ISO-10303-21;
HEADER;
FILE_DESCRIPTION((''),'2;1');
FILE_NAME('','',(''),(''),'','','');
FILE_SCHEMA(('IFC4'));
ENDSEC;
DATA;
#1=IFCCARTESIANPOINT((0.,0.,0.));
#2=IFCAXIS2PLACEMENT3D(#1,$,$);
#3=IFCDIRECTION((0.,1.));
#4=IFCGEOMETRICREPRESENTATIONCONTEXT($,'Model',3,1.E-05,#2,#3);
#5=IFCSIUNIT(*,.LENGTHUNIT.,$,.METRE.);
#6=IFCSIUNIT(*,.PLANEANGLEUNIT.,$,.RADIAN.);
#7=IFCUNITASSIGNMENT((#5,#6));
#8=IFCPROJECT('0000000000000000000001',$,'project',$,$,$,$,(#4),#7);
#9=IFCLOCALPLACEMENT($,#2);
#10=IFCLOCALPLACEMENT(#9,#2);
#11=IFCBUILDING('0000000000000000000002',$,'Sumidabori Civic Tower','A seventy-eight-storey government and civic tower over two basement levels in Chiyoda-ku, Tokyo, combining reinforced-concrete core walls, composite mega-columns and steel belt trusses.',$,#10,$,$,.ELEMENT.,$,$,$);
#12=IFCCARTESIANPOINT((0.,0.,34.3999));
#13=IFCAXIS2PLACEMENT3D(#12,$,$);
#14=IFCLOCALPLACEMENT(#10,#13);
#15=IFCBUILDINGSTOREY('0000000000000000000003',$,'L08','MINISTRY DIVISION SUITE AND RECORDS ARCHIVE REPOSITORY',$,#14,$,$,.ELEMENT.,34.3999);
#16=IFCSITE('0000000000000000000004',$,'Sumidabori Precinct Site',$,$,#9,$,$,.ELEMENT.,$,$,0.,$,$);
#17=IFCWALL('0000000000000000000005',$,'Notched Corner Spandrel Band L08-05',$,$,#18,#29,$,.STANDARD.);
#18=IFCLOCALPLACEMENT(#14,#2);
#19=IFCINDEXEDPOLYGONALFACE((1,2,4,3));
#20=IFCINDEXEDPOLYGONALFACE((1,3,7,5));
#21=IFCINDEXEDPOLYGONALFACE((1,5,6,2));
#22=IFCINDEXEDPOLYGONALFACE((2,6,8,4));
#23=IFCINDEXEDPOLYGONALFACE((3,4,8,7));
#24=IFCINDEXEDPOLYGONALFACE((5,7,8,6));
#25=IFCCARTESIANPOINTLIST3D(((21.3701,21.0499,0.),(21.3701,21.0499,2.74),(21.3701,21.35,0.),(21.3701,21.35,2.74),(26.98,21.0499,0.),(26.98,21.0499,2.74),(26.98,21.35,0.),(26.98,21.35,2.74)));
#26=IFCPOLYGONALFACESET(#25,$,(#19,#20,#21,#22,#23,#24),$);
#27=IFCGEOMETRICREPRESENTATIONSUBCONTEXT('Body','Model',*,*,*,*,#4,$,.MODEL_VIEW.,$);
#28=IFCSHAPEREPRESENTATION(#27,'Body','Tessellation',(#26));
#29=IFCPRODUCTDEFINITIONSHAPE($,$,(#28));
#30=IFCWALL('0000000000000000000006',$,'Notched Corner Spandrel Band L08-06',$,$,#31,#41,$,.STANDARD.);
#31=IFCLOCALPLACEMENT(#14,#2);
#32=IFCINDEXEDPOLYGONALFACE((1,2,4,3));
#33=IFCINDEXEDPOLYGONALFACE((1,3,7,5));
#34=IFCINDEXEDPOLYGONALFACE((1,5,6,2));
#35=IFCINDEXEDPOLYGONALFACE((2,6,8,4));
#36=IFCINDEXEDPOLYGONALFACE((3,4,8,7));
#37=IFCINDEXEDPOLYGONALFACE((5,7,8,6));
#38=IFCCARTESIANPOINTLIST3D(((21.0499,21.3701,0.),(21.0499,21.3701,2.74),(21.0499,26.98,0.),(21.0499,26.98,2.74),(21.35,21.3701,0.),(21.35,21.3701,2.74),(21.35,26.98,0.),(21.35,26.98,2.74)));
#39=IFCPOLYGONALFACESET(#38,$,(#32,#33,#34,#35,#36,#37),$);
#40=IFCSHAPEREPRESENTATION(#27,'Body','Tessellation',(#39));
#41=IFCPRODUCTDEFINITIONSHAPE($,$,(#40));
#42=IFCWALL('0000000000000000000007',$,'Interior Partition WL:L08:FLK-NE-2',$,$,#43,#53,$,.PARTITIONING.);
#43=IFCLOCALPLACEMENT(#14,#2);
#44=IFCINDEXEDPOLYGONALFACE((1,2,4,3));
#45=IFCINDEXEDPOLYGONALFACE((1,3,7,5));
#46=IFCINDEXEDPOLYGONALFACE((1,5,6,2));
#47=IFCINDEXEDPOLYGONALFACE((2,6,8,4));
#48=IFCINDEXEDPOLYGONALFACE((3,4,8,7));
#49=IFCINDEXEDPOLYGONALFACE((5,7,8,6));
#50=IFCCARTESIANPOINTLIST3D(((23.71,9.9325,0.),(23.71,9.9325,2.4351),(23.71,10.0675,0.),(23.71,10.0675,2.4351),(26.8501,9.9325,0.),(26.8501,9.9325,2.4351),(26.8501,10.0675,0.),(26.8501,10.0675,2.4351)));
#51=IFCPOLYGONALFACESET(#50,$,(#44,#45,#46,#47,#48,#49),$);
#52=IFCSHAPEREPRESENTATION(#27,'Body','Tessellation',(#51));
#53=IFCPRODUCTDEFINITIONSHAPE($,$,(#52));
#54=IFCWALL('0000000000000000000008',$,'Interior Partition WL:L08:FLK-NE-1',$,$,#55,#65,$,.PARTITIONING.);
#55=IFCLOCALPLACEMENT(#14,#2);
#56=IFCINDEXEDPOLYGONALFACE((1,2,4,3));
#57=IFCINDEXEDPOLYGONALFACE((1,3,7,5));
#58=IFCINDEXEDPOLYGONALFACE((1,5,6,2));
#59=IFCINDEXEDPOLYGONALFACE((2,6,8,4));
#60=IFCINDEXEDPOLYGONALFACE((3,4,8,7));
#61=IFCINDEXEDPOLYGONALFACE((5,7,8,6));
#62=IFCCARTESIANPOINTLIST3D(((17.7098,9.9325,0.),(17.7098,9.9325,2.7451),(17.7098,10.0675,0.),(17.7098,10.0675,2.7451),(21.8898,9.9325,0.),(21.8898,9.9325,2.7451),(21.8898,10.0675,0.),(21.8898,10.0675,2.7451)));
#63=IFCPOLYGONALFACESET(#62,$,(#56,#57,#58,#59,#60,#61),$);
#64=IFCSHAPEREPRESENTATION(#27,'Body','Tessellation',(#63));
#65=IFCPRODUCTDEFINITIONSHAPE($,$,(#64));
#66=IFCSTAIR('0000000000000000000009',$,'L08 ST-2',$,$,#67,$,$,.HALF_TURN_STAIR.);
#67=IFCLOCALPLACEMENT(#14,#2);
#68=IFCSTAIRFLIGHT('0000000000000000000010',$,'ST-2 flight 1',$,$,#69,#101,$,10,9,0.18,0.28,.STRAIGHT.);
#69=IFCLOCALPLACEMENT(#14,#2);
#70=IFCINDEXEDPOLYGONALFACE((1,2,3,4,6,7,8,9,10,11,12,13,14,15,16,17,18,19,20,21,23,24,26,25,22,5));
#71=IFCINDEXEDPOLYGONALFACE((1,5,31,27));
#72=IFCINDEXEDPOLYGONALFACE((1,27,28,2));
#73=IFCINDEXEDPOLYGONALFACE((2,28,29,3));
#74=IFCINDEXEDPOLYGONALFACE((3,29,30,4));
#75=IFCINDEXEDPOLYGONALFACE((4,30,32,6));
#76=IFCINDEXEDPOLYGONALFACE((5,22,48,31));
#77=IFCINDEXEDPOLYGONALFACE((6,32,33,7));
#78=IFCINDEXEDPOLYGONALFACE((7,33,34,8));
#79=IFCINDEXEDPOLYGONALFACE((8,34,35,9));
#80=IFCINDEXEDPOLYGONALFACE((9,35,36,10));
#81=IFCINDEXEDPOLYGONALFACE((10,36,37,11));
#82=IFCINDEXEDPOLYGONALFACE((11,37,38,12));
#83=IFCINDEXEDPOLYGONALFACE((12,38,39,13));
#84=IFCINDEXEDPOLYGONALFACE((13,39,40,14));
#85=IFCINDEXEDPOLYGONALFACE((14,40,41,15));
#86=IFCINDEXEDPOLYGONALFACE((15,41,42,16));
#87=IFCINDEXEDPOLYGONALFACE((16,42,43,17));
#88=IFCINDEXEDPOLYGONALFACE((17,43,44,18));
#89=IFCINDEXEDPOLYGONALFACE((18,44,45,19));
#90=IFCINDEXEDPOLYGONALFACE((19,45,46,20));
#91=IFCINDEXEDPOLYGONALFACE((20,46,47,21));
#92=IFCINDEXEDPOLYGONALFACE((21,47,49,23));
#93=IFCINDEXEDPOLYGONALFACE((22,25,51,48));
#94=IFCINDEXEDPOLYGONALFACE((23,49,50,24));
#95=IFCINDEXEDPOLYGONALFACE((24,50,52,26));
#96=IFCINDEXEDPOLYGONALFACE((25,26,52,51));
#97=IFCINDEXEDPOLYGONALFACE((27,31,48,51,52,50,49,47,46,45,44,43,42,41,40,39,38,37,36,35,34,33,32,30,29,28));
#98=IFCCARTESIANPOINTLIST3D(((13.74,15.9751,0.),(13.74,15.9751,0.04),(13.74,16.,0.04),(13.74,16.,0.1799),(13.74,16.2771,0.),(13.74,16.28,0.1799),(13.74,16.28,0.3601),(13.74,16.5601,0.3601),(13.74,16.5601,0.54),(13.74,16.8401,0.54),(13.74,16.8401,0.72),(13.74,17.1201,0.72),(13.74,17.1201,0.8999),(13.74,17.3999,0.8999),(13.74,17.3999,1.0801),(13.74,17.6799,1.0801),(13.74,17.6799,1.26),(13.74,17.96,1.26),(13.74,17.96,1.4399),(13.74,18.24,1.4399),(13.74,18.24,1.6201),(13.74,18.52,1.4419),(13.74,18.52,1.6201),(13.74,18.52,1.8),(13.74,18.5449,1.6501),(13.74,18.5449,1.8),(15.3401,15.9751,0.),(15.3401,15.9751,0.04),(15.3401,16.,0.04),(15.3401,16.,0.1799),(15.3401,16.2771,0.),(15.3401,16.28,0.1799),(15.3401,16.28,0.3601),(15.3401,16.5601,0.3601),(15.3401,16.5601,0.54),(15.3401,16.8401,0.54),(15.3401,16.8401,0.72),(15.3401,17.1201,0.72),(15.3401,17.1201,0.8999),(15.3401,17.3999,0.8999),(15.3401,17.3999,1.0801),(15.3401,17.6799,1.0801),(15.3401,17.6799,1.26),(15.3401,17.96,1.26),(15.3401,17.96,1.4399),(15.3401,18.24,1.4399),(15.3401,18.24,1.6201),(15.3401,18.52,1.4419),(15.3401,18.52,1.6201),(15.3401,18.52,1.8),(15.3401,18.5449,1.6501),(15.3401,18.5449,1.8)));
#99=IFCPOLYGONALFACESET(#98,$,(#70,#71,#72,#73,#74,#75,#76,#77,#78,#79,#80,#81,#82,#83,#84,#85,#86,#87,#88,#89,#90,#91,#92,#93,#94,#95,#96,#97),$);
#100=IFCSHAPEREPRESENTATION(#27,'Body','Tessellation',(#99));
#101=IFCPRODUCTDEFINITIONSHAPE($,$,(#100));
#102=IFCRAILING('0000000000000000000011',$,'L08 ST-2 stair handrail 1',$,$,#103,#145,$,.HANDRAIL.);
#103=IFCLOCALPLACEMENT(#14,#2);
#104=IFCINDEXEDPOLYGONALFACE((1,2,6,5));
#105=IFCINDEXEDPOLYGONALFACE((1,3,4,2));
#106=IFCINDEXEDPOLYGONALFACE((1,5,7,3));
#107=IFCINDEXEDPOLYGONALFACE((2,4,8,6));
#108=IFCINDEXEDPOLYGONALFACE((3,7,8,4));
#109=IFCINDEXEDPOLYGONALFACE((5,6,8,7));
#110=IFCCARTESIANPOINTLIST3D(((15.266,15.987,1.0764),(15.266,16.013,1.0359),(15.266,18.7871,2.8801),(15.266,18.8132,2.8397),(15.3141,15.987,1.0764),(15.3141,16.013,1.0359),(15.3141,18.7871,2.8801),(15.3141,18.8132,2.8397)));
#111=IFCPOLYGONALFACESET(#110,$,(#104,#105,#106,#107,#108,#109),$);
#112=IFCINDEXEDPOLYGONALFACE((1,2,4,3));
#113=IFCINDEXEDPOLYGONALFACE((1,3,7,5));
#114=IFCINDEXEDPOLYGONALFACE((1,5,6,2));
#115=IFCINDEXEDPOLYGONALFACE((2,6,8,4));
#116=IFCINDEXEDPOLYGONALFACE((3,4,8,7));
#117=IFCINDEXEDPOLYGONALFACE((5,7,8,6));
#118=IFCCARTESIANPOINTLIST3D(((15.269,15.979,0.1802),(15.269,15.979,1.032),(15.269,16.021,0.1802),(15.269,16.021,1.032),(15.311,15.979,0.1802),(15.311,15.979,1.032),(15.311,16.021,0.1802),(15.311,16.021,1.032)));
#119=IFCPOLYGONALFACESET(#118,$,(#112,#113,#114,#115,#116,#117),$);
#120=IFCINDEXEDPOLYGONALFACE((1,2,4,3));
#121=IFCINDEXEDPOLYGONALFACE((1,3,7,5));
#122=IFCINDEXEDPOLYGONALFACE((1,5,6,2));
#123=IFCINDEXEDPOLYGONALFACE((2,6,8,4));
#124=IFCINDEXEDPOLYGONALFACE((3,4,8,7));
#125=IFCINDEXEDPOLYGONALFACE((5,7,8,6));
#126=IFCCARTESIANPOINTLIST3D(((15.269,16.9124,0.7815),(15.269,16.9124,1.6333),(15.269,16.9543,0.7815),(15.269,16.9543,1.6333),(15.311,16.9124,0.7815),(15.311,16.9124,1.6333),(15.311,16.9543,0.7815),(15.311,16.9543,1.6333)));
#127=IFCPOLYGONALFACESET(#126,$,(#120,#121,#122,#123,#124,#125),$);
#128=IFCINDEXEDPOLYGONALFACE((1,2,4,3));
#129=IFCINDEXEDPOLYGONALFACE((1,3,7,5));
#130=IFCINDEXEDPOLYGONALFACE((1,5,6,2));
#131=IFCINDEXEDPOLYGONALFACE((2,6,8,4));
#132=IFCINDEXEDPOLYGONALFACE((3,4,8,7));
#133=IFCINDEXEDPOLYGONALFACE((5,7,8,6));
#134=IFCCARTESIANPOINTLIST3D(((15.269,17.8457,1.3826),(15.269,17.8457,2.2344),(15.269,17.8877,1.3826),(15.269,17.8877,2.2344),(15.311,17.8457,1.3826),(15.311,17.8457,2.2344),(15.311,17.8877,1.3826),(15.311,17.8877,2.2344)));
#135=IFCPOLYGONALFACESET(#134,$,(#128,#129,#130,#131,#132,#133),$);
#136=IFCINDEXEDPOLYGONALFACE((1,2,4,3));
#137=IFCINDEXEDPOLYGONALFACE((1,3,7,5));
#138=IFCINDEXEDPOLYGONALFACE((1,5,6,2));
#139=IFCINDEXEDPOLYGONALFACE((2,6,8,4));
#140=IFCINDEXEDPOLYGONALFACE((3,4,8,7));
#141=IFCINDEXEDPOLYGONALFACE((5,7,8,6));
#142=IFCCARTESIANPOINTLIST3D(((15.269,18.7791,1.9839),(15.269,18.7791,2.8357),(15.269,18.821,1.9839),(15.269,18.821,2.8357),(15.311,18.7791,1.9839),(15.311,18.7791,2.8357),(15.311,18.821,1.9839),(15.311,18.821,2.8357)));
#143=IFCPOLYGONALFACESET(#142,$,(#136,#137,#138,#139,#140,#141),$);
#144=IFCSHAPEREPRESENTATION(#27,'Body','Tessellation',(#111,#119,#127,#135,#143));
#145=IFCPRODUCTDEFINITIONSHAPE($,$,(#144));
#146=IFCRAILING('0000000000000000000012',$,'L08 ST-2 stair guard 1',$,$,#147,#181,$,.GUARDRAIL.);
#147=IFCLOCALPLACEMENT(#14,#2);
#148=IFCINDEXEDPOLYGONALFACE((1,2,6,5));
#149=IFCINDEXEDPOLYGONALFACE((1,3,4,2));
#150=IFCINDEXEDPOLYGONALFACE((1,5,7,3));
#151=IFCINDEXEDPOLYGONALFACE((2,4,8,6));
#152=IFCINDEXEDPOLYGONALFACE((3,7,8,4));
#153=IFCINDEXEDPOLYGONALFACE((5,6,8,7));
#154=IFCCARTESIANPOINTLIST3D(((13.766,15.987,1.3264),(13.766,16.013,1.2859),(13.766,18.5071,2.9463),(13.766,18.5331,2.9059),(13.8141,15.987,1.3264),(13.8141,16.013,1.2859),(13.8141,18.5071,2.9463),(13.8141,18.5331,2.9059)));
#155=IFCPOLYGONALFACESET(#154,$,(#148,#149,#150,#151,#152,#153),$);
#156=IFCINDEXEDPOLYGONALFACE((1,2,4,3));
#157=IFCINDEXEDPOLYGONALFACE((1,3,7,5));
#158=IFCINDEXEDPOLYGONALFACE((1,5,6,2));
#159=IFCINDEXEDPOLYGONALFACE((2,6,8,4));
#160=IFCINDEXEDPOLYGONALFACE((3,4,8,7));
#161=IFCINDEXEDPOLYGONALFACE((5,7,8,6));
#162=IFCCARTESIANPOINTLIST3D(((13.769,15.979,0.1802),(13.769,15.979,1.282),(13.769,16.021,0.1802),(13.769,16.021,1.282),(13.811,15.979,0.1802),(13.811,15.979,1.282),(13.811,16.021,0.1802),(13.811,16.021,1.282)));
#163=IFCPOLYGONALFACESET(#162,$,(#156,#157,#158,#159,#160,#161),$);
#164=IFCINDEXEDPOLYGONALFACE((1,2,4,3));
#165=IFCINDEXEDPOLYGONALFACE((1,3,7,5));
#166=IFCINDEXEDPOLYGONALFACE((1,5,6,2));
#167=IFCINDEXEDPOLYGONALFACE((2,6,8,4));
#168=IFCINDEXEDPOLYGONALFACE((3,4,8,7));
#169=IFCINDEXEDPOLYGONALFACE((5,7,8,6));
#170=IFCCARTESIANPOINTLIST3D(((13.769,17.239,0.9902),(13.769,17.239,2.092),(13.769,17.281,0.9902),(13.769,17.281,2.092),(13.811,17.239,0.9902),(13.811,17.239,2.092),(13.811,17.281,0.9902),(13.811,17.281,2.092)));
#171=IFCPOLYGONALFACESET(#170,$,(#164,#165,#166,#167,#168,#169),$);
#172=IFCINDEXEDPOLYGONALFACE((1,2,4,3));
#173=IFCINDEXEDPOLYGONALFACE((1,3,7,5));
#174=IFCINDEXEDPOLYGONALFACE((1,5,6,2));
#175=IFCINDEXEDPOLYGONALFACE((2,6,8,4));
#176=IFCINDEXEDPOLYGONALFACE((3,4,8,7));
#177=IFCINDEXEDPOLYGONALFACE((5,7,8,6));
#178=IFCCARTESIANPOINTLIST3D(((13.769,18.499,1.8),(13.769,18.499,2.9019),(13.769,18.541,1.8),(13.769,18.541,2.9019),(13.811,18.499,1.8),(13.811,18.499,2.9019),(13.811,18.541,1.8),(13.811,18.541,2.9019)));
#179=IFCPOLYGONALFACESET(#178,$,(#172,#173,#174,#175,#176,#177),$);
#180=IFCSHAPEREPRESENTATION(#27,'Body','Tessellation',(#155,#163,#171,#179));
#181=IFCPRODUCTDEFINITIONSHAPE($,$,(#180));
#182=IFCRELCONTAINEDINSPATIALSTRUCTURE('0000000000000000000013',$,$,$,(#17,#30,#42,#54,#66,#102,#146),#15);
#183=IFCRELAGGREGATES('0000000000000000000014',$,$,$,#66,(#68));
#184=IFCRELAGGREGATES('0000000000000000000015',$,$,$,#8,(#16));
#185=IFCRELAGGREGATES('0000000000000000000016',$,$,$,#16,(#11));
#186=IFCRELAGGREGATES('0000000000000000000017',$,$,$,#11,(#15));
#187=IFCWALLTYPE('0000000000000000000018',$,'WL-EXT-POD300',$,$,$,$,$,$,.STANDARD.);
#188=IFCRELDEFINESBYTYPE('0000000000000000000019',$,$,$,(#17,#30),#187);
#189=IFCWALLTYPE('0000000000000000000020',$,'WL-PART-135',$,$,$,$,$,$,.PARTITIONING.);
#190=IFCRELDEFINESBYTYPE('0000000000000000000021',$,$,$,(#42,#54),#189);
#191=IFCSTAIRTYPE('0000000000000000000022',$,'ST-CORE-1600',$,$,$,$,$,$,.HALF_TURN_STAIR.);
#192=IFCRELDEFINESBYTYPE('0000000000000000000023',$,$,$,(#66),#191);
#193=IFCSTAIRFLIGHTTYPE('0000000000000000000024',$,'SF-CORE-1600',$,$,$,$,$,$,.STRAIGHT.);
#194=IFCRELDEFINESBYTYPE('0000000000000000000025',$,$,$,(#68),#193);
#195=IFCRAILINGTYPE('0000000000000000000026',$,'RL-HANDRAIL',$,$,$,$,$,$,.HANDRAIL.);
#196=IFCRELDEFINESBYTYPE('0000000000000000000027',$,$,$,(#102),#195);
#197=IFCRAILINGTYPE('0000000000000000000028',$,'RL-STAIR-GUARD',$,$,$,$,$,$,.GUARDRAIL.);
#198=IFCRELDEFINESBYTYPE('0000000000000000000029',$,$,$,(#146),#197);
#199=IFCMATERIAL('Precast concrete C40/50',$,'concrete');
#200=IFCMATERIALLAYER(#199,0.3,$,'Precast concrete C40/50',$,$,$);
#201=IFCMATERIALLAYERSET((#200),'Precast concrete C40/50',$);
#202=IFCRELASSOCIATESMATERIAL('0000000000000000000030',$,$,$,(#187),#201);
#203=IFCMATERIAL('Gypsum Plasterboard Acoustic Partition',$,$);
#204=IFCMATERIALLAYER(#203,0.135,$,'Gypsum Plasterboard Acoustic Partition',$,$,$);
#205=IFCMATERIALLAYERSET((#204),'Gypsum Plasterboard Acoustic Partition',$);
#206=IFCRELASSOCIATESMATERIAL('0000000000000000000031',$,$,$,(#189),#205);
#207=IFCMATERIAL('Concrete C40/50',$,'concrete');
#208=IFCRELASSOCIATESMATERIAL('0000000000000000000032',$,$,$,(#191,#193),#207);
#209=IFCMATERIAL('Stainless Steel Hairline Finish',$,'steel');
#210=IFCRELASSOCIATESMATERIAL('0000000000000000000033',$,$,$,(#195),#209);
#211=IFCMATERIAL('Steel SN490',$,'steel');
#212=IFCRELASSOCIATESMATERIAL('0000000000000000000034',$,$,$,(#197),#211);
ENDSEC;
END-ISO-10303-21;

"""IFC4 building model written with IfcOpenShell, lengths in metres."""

from ifc_helpers import new_model, si_unit, direction, frame, frame_2d, origin, origin_2d, place, context, subcontext, project, spatial, polyline, rectangle, outline, extrude, source, transform, mapped, material, layer, layer_set, type_object, element, aggregate, save


model = new_model("IFC4")

# Units and contexts
model_context = context("Model", 3, precision=1e-05, world=origin(), true_north=direction((0.0, 1.0)))
body_context = subcontext(model_context, "Body", "Model", "MODEL_VIEW")
ifc_project = project(units=[si_unit("LENGTHUNIT", "METRE"), si_unit("PLANEANGLEUNIT", "RADIAN")], contexts=[model_context])

# Site, building, storey
site_placement = place(None, origin())
site = spatial("IfcSite", under=ifc_project, at=site_placement, Name="Sumidabori Precinct Site", CompositionType="ELEMENT", RefElevation=0.0)
building_placement = place(site_placement, origin())
building = spatial("IfcBuilding", under=site, at=building_placement, Name="Sumidabori Civic Tower", Description="A seventy-eight-storey government and civic tower over two basement levels in Chiyoda-ku, Tokyo, combining reinforced-concrete core walls, composite mega-columns and steel belt trusses.", CompositionType="ELEMENT")
storey_placement = place(building_placement, frame((0.0, 0.0, 34.3999)))
storey = spatial("IfcBuildingStorey", under=building, at=storey_placement, Name="L08", Description="MINISTRY DIVISION SUITE AND RECORDS ARCHIVE REPOSITORY", CompositionType="ELEMENT", Elevation=34.3999)

# Shared definitions
ifc_material_1 = material(Name="Steel SN490", Category="steel")

# Walls
ifc_material_2 = material(Name="Precast concrete C40/50", Category="concrete")
ifc_layer_1 = layer(ifc_material_2, 0.3, Name="Precast concrete C40/50")
ifc_layer_set_1 = layer_set([ifc_layer_1], Name="Precast concrete C40/50")
wall_type_1 = type_object("IfcWallType", Name="WL-EXT-POD300", PredefinedType="STANDARD", material=ifc_layer_set_1)
shared_shape_1 = source(origin(), body_context, "Body", "SweptSolid", [
    extrude(rectangle(XDim=5.6099, YDim=0.3, at=frame_2d((2.8049, 0.0))), origin(), (0.0, 0.0, 1.0), 2.74),
])
for number, where, z_axis, x_axis, name in (
    (1, (26.98, 21.2, 0.0), (0.0, 0.0, 1.0), (-1.0, 0.0, 0.0), "Notched Corner Spandrel Band L08-05"),
    (2, (21.2, 21.3701, 0.0), (0.0, 0.0, 1.0), (0.0, 1.0, 0.0), "Notched Corner Spandrel Band L08-06"),
):
    element("IfcWall", number, at=place(storey_placement, frame(where, z_axis=z_axis, x_axis=x_axis)), inside=storey, type_object=wall_type_1, Name=name, PredefinedType="STANDARD", context=body_context, shape_type="MappedRepresentation", body=[
        mapped(shared_shape_1, transform((0.0, 0.0, 0.0), x_axis=(1.0, 0.0, 0.0), y_axis=(0.0, 1.0, 0.0), z_axis=(0.0, 0.0, 1.0), scale=1.0)),
    ])
ifc_material_3 = material(Name="Gypsum Plasterboard Acoustic Partition")
ifc_layer_2 = layer(ifc_material_3, 0.135, Name="Gypsum Plasterboard Acoustic Partition")
ifc_layer_set_2 = layer_set([ifc_layer_2], Name="Gypsum Plasterboard Acoustic Partition")
wall_type_2 = type_object("IfcWallType", Name="WL-PART-135", PredefinedType="PARTITIONING", material=ifc_layer_set_2)
shared_shape_2 = source(origin(), body_context, "Body", "SweptSolid", [
    extrude(rectangle(XDim=3.1401, YDim=0.135, at=frame_2d((1.5701, 0.0))), origin(), (0.0, 0.0, 1.0), 2.4351),
])
wall_1_placement = place(storey_placement, frame((23.71, 10.0, 0.0), z_axis=(0.0, 0.0, 1.0), x_axis=(1.0, 0.0, 0.0)))
element("IfcWall", 3, at=wall_1_placement, inside=storey, type_object=wall_type_2, Name="Interior Partition WL:L08:FLK-NE-2", PredefinedType="PARTITIONING", context=body_context, shape_type="MappedRepresentation", body=[
    mapped(shared_shape_2, transform((0.0, 0.0, 0.0), x_axis=(1.0, 0.0, 0.0), y_axis=(0.0, 1.0, 0.0), z_axis=(0.0, 0.0, 1.0), scale=1.0)),
])
shared_shape_3 = source(origin(), body_context, "Body", "SweptSolid", [
    extrude(rectangle(XDim=4.1799, YDim=0.135, at=frame_2d((2.0898, 0.0))), origin(), (0.0, 0.0, 1.0), 2.7451),
])
wall_2_placement = place(storey_placement, frame((17.71, 10.0, 0.0), z_axis=(0.0, 0.0, 1.0), x_axis=(1.0, 0.0, 0.0)))
element("IfcWall", 4, at=wall_2_placement, inside=storey, type_object=wall_type_2, Name="Interior Partition WL:L08:FLK-NE-1", PredefinedType="PARTITIONING", context=body_context, shape_type="MappedRepresentation", body=[
    mapped(shared_shape_3, transform((0.0, 0.0, 0.0), x_axis=(1.0, 0.0, 0.0), y_axis=(0.0, 1.0, 0.0), z_axis=(0.0, 0.0, 1.0), scale=1.0)),
])

# Stair, stair flight
ifc_material_4 = material(Name="Concrete C40/50", Category="concrete")
stair_type = type_object("IfcStairType", Name="ST-CORE-1600", PredefinedType="HALF_TURN_STAIR", material=ifc_material_4)
stair_placement = place(storey_placement, origin())
stair = element("IfcStair", 5, at=stair_placement, inside=storey, type_object=stair_type, Name="L08 ST-2", PredefinedType="HALF_TURN_STAIR")
stair_flight_type = type_object("IfcStairFlightType", Name="SF-CORE-1600", PredefinedType="STRAIGHT", material=ifc_material_4)
shared_shape_4 = source(origin(), body_context, "Body", "SweptSolid", [
    extrude(outline(polyline([(-0.0249, 0.0), (-0.0249, 0.04), (0.0, 0.04), (0.0, 0.1799), (0.28, 0.1799), (0.28, 0.3601), (0.5601, 0.3601), (0.5601, 0.54), (0.8401, 0.54), (0.8401, 0.72), (1.1201, 0.72), (1.1201, 0.8999), (1.3999, 0.8999), (1.3999, 1.0801), (1.6799, 1.0801), (1.6799, 1.26), (1.96, 1.26), (1.96, 1.4399), (2.24, 1.4399), (2.24, 1.6201), (2.52, 1.6201), (2.52, 1.8), (2.5449, 1.8), (2.5449, 1.6501), (2.52, 1.4419), (0.2771, 0.0), (-0.0249, 0.0)])), frame((0.0, 0.8, 0.0), z_axis=(0.0, -1.0, 0.0), x_axis=(1.0, 0.0, 0.0)), (0.0, 0.0, 1.0), 1.6001),
])
stair_flight_placement = place(storey_placement, frame((14.54, 16.0, 0.0), z_axis=(0.0, 0.0, 1.0), x_axis=(0.0, 1.0, 0.0)))
stair_flight = element("IfcStairFlight", 6, at=stair_flight_placement, type_object=stair_flight_type, Name="ST-2 flight 1", NumberOfRisers=10, NumberOfTreads=9, PredefinedType="STRAIGHT", RiserHeight=0.18, TreadLength=0.28, context=body_context, shape_type="MappedRepresentation", body=[
    mapped(shared_shape_4, transform((0.0, 0.0, 0.0), x_axis=(1.0, 0.0, 0.0), y_axis=(0.0, 1.0, 0.0), z_axis=(0.0, 0.0, 1.0), scale=1.0)),
])
aggregate(stair, [stair_flight])

# Railings
ifc_material_5 = material(Name="Stainless Steel Hairline Finish", Category="steel")
railing_type_1 = type_object("IfcRailingType", Name="RL-HANDRAIL", PredefinedType="HANDRAIL", material=ifc_material_5)
railing_1_placement = place(storey_placement, frame((15.29, 16.0, 0.1802)))
element("IfcRailing", 7, at=railing_1_placement, inside=storey, type_object=railing_type_1, Name="L08 ST-2 stair handrail 1", PredefinedType="HANDRAIL", context=body_context, shape_type="SweptSolid", body=[
    extrude(rectangle(XDim=0.0481, YDim=0.0481, at=origin_2d()), frame((0.0, 0.0, 0.876), z_axis=(0.0, 0.840676, 0.541539), x_axis=(-1.0, 0.0, 0.0)), (0.0, 0.0, 1.0), 3.3308),
    extrude(rectangle(XDim=0.042, YDim=0.042, at=origin_2d()), origin(), (0.0, 0.0, 1.0), 0.8518),
    extrude(rectangle(XDim=0.042, YDim=0.042, at=origin_2d()), frame((0.0, 0.9333, 0.6013)), (0.0, 0.0, 1.0), 0.8518),
    extrude(rectangle(XDim=0.042, YDim=0.042, at=origin_2d()), frame((0.0, 1.8667, 1.2024)), (0.0, 0.0, 1.0), 0.8518),
    extrude(rectangle(XDim=0.042, YDim=0.042, at=origin_2d()), frame((0.0, 2.8, 1.8037)), (0.0, 0.0, 1.0), 0.8518),
])
railing_type_2 = type_object("IfcRailingType", Name="RL-STAIR-GUARD", PredefinedType="GUARDRAIL", material=ifc_material_1)
railing_2_placement = place(storey_placement, frame((13.79, 16.0, 0.1802)))
element("IfcRailing", 8, at=railing_2_placement, inside=storey, type_object=railing_type_2, Name="L08 ST-2 stair guard 1", PredefinedType="GUARDRAIL", context=body_context, shape_type="SweptSolid", body=[
    extrude(rectangle(XDim=0.0481, YDim=0.0481, at=origin_2d()), frame((0.0, 0.0, 1.126), z_axis=(0.0, 0.8412, 0.540725), x_axis=(-1.0, 0.0, 0.0)), (0.0, 0.0, 1.0), 2.9958),
    extrude(rectangle(XDim=0.042, YDim=0.042, at=origin_2d()), origin(), (0.0, 0.0, 1.0), 1.1018),
    extrude(rectangle(XDim=0.042, YDim=0.042, at=origin_2d()), frame((0.0, 1.26, 0.8101)), (0.0, 0.0, 1.0), 1.1018),
    extrude(rectangle(XDim=0.042, YDim=0.042, at=origin_2d()), frame((0.0, 2.52, 1.6199)), (0.0, 0.0, 1.0), 1.1018),
])

save(model, "model.ifc")
